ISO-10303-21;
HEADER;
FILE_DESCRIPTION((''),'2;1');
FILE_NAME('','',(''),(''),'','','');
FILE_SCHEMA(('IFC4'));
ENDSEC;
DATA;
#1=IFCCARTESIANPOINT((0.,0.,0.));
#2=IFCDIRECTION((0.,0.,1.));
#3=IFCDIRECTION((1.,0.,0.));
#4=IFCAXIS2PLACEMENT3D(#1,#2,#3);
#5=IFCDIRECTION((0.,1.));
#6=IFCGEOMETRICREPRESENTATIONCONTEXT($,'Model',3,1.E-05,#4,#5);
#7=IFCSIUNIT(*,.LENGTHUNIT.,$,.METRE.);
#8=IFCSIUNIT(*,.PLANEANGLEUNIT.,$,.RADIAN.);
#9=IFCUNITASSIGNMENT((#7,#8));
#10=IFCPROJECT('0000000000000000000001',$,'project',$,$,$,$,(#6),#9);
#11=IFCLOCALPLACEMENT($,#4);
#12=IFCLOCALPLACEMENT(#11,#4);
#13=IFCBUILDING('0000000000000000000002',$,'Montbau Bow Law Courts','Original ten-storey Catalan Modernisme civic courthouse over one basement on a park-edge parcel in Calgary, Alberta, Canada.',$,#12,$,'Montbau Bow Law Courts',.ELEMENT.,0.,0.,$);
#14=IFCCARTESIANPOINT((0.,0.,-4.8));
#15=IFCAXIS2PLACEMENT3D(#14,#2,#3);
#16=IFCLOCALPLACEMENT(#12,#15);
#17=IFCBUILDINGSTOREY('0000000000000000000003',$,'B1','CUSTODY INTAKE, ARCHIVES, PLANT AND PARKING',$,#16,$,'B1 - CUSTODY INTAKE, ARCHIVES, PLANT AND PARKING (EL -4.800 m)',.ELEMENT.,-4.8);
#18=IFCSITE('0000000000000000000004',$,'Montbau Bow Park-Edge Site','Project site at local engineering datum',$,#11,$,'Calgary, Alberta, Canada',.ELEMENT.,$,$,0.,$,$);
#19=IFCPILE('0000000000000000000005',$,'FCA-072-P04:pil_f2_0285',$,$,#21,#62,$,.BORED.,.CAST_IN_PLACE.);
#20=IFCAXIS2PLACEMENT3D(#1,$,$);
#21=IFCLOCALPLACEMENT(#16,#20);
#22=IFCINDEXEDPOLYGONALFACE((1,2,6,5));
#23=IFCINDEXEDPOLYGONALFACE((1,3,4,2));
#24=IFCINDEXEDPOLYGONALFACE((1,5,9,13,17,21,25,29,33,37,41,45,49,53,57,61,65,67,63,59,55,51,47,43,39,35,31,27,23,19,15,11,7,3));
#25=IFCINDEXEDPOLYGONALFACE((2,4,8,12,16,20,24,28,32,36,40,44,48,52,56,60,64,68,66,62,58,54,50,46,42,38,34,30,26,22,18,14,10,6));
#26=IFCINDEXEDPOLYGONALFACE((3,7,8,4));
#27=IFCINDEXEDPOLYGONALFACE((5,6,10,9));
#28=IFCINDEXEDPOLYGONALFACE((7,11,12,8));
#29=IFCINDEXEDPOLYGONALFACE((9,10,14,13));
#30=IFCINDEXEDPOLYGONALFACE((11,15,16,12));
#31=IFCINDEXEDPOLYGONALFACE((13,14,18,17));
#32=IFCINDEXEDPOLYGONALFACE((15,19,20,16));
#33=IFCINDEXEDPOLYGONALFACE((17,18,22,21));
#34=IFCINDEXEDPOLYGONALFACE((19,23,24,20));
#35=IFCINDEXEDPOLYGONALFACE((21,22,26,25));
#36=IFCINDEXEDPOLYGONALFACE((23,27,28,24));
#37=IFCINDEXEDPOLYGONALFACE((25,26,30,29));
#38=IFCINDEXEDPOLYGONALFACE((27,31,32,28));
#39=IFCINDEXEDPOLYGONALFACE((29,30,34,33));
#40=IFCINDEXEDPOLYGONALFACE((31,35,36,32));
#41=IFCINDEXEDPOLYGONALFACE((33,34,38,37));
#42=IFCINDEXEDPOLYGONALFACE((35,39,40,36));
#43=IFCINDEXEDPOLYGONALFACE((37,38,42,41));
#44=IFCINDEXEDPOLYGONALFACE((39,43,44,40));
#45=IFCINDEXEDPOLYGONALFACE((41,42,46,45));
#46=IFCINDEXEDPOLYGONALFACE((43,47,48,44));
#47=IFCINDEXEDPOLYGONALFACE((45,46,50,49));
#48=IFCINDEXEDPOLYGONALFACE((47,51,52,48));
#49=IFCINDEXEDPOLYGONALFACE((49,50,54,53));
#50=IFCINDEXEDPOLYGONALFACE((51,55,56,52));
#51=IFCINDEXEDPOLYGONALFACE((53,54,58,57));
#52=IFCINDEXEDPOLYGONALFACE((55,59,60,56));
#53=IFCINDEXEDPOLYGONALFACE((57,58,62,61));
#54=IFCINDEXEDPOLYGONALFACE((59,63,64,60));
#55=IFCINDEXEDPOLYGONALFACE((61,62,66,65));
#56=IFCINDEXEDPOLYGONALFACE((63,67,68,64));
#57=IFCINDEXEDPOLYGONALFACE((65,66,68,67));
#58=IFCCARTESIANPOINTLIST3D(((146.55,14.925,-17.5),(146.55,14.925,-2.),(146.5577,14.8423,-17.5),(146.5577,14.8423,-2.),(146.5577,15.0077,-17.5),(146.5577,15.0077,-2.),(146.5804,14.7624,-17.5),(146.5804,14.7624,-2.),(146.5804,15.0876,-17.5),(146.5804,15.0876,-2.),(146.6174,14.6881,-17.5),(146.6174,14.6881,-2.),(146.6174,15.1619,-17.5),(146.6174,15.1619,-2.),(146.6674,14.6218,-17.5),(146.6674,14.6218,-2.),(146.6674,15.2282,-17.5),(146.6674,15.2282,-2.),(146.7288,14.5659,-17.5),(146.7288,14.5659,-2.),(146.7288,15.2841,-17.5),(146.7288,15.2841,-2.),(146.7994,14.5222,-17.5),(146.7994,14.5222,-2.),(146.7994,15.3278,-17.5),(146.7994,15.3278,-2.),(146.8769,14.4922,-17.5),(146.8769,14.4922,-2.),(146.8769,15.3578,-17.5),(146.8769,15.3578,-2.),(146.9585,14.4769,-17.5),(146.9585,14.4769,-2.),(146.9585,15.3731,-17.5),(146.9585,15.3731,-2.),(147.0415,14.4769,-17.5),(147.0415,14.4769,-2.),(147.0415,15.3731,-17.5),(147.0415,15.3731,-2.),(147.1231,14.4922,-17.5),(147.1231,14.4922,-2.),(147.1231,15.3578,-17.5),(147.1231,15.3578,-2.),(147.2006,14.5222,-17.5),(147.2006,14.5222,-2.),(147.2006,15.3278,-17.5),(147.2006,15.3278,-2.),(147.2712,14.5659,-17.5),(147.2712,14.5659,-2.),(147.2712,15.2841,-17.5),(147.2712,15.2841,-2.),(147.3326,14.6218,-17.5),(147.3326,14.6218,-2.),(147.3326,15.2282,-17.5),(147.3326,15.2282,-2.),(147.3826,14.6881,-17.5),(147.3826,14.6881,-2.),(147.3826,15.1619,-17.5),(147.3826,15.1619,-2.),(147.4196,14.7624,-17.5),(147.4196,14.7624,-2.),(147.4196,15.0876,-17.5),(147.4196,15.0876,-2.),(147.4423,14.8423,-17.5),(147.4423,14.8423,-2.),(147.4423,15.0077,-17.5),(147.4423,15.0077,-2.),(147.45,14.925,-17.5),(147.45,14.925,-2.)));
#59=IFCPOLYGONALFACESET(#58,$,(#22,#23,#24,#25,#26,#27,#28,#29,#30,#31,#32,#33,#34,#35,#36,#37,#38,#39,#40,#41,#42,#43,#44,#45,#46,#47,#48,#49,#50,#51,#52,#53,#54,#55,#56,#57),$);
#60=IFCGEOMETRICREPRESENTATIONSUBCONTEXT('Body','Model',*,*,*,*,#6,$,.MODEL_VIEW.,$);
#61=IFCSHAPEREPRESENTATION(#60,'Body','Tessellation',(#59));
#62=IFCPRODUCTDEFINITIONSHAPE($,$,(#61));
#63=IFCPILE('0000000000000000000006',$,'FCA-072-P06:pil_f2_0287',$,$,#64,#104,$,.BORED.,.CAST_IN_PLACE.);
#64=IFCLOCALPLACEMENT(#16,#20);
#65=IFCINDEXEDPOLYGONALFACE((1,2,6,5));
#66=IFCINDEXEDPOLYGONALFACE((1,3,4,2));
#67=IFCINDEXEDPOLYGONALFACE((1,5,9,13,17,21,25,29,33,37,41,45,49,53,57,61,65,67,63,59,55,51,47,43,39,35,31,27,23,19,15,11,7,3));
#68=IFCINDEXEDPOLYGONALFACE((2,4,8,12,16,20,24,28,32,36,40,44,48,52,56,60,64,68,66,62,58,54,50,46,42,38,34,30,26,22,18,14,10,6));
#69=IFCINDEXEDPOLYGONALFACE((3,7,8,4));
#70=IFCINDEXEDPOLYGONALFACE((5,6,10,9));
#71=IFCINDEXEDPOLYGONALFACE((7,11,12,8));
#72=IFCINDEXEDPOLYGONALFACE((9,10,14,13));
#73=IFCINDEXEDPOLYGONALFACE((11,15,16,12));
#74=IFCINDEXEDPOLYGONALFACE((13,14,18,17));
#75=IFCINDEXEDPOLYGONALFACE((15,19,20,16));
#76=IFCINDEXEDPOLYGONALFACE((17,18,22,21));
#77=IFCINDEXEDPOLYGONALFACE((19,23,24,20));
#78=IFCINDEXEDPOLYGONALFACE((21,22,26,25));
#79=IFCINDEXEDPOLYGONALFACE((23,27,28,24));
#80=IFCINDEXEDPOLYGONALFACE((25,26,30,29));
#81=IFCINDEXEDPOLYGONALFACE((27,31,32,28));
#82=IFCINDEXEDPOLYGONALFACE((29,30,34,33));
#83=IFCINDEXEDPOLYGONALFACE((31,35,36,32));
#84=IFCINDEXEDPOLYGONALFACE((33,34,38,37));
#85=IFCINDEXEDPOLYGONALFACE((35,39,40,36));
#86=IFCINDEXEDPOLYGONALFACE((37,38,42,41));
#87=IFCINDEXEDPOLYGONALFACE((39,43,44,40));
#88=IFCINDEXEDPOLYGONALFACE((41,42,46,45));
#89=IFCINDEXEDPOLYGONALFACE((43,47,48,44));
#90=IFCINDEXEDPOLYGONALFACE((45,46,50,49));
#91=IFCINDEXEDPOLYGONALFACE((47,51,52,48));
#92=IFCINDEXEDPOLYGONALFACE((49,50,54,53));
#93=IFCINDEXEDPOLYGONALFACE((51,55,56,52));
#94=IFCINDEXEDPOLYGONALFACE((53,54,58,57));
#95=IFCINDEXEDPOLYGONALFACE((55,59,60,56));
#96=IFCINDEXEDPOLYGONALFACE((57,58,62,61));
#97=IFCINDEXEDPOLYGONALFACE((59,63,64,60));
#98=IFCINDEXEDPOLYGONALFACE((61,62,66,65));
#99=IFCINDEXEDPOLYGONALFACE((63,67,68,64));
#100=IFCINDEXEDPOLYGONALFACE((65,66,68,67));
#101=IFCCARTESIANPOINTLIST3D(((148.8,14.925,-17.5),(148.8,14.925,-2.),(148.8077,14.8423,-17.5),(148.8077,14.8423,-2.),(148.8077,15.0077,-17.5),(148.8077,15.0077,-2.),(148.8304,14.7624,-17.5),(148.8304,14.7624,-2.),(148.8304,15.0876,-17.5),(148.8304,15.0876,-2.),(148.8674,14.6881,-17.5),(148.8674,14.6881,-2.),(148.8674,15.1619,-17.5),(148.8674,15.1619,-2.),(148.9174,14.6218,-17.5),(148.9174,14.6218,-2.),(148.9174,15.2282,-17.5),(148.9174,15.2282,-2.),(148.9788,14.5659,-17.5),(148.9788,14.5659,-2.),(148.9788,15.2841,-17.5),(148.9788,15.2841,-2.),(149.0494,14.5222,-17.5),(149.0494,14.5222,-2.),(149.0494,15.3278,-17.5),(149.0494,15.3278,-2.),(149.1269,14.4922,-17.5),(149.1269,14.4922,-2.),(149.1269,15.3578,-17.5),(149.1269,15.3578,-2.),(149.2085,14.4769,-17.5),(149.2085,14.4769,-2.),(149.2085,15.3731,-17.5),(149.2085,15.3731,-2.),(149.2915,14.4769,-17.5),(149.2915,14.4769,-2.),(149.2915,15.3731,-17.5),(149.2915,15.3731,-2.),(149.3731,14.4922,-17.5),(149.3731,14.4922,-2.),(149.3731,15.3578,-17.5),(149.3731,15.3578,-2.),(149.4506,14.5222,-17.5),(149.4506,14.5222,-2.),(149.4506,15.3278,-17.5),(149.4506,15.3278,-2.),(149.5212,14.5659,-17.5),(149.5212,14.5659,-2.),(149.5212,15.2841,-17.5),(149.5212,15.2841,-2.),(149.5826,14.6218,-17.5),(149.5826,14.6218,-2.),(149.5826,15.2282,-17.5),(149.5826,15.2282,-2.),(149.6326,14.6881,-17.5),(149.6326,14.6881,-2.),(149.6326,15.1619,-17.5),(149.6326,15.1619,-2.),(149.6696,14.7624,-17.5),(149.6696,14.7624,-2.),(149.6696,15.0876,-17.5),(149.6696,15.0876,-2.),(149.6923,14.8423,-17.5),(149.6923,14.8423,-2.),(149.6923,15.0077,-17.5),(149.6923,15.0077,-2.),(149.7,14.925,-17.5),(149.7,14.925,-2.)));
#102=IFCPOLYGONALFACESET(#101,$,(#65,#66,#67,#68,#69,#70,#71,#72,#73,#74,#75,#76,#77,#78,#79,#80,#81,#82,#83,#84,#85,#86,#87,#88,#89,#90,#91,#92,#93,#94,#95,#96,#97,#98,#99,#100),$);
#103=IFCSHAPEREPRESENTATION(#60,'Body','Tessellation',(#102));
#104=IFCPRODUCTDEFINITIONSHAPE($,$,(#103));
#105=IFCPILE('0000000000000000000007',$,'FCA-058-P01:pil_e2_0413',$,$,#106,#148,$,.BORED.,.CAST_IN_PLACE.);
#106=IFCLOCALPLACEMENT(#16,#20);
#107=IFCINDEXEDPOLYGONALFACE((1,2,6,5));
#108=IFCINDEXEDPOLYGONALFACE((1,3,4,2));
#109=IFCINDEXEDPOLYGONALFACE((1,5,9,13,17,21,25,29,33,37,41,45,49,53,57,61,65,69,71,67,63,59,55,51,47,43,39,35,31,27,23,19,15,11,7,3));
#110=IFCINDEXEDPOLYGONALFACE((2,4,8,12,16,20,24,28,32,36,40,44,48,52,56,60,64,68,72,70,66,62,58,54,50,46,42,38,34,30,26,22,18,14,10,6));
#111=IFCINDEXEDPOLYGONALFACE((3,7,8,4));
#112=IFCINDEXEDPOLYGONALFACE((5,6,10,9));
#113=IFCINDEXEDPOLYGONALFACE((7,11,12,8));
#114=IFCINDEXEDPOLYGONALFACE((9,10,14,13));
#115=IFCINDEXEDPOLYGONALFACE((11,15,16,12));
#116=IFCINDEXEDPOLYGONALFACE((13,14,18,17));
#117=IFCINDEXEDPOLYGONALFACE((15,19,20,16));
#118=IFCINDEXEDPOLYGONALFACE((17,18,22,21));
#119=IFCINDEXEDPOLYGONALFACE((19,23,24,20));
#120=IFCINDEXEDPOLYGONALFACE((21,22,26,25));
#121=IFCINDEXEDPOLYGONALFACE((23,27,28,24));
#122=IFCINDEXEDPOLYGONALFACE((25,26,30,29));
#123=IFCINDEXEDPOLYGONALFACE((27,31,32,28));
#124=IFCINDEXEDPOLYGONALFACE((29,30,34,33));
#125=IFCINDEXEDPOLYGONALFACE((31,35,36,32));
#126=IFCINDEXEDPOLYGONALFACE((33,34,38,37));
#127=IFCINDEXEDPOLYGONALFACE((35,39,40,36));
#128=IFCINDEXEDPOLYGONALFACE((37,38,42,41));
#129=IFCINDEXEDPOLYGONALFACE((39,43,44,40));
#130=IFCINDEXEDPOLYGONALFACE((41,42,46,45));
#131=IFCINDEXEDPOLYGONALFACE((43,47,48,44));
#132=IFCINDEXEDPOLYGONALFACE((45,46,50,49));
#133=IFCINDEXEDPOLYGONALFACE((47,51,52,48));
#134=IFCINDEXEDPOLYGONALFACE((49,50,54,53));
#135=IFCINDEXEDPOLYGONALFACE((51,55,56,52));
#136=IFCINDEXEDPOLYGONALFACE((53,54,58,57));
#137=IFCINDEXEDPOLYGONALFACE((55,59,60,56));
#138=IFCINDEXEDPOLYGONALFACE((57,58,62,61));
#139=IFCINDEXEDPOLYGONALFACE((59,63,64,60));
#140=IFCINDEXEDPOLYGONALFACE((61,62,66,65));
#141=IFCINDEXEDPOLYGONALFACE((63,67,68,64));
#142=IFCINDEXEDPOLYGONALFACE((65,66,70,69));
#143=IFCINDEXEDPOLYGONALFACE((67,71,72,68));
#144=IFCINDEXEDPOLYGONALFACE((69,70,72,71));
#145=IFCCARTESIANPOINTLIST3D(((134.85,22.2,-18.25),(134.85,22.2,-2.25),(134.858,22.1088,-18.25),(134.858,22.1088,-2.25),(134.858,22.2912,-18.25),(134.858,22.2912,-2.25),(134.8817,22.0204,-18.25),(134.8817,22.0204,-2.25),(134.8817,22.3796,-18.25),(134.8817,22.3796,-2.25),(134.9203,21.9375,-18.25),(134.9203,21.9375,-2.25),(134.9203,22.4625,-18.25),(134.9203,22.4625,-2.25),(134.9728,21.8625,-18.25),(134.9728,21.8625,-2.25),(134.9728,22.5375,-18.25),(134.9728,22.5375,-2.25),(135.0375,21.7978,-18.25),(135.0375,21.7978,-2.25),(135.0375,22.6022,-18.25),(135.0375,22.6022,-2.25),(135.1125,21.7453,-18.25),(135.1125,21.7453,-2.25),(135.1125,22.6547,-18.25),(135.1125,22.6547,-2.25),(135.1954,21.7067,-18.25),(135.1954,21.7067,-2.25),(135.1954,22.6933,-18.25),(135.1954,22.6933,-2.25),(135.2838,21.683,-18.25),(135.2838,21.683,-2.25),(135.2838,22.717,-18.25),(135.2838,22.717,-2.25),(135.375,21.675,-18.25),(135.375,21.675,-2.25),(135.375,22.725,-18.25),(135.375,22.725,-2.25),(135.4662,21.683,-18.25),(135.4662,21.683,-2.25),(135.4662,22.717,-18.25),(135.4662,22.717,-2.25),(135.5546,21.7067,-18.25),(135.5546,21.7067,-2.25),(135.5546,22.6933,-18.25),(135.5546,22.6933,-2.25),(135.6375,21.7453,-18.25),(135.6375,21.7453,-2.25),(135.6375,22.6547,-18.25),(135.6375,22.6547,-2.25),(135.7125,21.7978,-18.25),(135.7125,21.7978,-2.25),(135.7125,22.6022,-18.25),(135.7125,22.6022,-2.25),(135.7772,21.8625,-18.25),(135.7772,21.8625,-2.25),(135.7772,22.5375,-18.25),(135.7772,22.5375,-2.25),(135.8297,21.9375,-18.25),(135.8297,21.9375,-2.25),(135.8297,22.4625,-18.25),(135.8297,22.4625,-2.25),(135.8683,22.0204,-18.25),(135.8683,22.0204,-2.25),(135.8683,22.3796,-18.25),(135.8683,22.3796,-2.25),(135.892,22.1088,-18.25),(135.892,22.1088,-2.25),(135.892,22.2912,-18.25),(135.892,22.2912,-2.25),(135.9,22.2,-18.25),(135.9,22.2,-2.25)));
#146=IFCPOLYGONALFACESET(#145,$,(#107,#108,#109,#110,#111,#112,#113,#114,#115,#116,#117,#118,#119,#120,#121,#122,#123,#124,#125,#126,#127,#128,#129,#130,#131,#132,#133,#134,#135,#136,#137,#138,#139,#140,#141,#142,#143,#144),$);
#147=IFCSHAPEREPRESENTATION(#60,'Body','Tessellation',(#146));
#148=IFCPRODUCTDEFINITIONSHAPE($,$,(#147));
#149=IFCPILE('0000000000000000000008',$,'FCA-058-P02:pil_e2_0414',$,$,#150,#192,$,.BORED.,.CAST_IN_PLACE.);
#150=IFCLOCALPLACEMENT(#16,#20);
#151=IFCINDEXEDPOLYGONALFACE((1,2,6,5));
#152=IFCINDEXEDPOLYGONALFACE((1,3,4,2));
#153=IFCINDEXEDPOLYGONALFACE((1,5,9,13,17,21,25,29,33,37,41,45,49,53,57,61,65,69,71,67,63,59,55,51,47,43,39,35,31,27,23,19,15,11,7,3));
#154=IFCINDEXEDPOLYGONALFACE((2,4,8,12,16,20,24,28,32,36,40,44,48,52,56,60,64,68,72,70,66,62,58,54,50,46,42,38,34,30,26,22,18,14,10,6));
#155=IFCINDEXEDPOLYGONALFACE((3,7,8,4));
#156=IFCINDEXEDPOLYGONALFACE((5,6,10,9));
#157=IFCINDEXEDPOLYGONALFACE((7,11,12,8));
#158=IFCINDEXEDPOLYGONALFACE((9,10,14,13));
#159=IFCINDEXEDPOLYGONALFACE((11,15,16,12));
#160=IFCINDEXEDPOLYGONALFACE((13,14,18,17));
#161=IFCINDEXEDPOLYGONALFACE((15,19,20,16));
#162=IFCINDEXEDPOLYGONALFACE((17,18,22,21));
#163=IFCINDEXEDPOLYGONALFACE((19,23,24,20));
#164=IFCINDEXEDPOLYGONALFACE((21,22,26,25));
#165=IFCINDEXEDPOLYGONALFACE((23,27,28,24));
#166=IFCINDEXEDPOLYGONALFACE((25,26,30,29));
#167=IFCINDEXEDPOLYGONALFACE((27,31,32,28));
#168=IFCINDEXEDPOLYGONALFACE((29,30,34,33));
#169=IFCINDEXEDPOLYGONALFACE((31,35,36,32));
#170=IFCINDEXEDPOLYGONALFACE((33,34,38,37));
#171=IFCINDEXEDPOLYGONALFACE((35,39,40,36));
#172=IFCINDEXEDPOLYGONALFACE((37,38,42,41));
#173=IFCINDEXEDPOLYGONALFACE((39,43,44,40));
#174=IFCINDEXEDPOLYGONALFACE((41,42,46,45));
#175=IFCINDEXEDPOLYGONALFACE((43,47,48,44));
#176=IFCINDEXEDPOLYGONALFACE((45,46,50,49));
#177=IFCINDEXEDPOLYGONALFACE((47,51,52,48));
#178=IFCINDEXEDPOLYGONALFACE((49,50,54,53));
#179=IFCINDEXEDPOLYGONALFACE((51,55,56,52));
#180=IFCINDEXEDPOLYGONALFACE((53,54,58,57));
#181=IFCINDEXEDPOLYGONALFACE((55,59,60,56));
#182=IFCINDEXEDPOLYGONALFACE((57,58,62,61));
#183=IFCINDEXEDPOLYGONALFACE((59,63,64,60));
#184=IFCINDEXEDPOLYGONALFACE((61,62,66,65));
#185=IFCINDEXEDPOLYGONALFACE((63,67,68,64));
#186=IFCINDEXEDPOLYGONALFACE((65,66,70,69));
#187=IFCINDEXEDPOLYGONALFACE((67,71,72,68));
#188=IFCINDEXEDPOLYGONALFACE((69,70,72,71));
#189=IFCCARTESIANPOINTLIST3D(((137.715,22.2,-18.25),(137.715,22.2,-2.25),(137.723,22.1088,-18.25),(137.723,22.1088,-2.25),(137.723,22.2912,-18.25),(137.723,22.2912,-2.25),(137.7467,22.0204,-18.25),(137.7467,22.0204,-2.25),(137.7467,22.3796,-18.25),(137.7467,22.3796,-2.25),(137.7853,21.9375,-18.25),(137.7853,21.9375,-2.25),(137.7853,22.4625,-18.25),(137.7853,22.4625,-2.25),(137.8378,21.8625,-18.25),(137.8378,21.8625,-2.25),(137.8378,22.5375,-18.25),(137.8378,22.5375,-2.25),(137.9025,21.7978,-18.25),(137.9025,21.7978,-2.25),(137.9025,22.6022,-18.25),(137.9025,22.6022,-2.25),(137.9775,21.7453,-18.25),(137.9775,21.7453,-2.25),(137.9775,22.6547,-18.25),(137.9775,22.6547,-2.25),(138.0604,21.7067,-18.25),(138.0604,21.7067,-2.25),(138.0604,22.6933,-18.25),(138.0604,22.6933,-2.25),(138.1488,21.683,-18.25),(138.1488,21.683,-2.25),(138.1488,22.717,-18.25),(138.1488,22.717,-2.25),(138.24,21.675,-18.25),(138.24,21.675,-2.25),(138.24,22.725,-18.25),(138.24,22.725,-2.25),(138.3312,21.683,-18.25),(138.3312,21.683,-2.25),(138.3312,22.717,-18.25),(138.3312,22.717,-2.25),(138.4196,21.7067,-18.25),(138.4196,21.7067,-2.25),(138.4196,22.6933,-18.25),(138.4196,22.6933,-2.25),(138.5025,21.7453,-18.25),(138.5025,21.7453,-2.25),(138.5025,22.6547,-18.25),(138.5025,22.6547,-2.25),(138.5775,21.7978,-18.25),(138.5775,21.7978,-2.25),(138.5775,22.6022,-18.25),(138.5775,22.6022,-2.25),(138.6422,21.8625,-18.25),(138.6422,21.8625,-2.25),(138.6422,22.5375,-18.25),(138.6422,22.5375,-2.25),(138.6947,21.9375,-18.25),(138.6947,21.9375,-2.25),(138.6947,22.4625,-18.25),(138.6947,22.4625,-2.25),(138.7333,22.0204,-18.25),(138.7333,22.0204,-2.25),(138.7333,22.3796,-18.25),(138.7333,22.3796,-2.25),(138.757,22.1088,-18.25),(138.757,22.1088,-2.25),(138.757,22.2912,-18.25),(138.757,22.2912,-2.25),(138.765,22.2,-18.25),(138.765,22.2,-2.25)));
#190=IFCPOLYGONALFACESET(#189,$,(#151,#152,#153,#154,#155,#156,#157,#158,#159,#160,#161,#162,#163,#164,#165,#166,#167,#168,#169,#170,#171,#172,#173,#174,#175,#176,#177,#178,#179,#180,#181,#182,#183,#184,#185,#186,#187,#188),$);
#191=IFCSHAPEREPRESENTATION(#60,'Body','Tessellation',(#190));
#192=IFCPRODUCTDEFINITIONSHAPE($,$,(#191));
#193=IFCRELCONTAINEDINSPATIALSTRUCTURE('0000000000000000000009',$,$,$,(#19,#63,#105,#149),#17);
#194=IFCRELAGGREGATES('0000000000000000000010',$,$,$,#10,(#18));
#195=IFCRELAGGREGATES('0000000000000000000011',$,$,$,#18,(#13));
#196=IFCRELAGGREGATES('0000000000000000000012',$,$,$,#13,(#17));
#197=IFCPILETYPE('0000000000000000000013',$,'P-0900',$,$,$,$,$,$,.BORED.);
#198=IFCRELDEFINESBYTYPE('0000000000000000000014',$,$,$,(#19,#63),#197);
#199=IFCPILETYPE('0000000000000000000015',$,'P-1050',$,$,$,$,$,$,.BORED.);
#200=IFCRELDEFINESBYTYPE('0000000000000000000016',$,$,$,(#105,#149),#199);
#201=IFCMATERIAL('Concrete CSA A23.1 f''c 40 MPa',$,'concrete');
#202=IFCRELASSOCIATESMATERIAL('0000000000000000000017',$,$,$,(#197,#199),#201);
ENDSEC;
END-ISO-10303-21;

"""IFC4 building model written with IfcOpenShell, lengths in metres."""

from ifc_helpers import new_model, si_unit, direction, frame, origin_with_axes, origin_2d_with_axis, place, context, subcontext, project, spatial, circle, extrude, material, material_profile, profile_set, type_object, element, save


model = new_model("IFC4")

# Units and contexts
model_context = context("Model", 3, precision=1e-05, world=origin_with_axes(), true_north=direction((0.0, 1.0)))
body_context = subcontext(model_context, "Body", "Model", "MODEL_VIEW")
ifc_project = project(units=[si_unit("LENGTHUNIT", "METRE"), si_unit("PLANEANGLEUNIT", "RADIAN")], contexts=[model_context])

# Site, building, storey
site_placement = place(None, origin_with_axes())
site = spatial("IfcSite", under=ifc_project, at=site_placement, Name="Montbau Bow Park-Edge Site", Description="Project site at local engineering datum", LongName="Calgary, Alberta, Canada", CompositionType="ELEMENT", RefElevation=0.0)
building_placement = place(site_placement, origin_with_axes())
building = spatial("IfcBuilding", under=site, at=building_placement, Name="Montbau Bow Law Courts", Description="Original ten-storey Catalan Modernisme civic courthouse over one basement on a park-edge parcel in Calgary, Alberta, Canada.", LongName="Montbau Bow Law Courts", CompositionType="ELEMENT", ElevationOfRefHeight=0.0, ElevationOfTerrain=0.0)
storey_placement = place(building_placement, frame((0.0, 0.0, -4.8), z_axis=(0.0, 0.0, 1.0), x_axis=(1.0, 0.0, 0.0)))
storey = spatial("IfcBuildingStorey", under=building, at=storey_placement, Name="B1", Description="CUSTODY INTAKE, ARCHIVES, PLANT AND PARKING", LongName="B1 - CUSTODY INTAKE, ARCHIVES, PLANT AND PARKING (EL -4.800 m)", CompositionType="ELEMENT", Elevation=-4.8)

# Piles
ifc_material_1 = material(Name="Concrete CSA A23.1 f'c 40 MPa", Category="concrete")
ifc_material_profile_1 = material_profile(ifc_material_1, circle(Radius=0.45, at=origin_2d_with_axis()), Name="BP900", Category="Main", Priority=0)
ifc_profile_set_1 = profile_set([ifc_material_profile_1], Name="Concrete CSA A23.1 f'c 40 MPa")
pile_type_1 = type_object("IfcPileType", Name="P-0900", PredefinedType="BORED", material=ifc_profile_set_1)
for number, where, z_axis, x_axis, name in (
    (1, (147.0, 14.925, -22.3), (0.0, 0.0, 1.0), (1.0, 0.0, 0.0), "FCA-072-P04:pil_f2_0285"),
    (2, (149.25, 14.925, -22.3), (0.0, 0.0, 1.0), (1.0, 0.0, 0.0), "FCA-072-P06:pil_f2_0287"),
):
    element("IfcPile", number, at=place(None, frame(where, z_axis=z_axis, x_axis=x_axis)), inside=storey, type_object=pile_type_1, Name=name, ConstructionType="CAST_IN_PLACE", PredefinedType="BORED", context=body_context, shape_type="SweptSolid", body=[
        extrude(circle(Radius=0.45, at=origin_2d_with_axis()), origin_with_axes(), (0.0, 0.0, 1.0), 15.5),
    ])
ifc_material_profile_2 = material_profile(ifc_material_1, circle(Radius=0.525, at=origin_2d_with_axis()), Name="BP1050", Category="Main", Priority=0)
ifc_profile_set_2 = profile_set([ifc_material_profile_2], Name="Concrete CSA A23.1 f'c 40 MPa")
pile_type_2 = type_object("IfcPileType", Name="P-1050", PredefinedType="BORED", material=ifc_profile_set_2)
for number, where, z_axis, x_axis, name in (
    (3, (135.375, 22.2, -23.05), (0.0, 0.0, 1.0), (1.0, 0.0, 0.0), "FCA-058-P01:pil_e2_0413"),
    (4, (138.24, 22.2, -23.05), (0.0, 0.0, 1.0), (1.0, 0.0, 0.0), "FCA-058-P02:pil_e2_0414"),
):
    element("IfcPile", number, at=place(None, frame(where, z_axis=z_axis, x_axis=x_axis)), inside=storey, type_object=pile_type_2, Name=name, ConstructionType="CAST_IN_PLACE", PredefinedType="BORED", context=body_context, shape_type="SweptSolid", body=[
        extrude(circle(Radius=0.525, at=origin_2d_with_axis()), origin_with_axes(), (0.0, 0.0, 1.0), 16.0),
    ])

save(model, "model.ifc")
